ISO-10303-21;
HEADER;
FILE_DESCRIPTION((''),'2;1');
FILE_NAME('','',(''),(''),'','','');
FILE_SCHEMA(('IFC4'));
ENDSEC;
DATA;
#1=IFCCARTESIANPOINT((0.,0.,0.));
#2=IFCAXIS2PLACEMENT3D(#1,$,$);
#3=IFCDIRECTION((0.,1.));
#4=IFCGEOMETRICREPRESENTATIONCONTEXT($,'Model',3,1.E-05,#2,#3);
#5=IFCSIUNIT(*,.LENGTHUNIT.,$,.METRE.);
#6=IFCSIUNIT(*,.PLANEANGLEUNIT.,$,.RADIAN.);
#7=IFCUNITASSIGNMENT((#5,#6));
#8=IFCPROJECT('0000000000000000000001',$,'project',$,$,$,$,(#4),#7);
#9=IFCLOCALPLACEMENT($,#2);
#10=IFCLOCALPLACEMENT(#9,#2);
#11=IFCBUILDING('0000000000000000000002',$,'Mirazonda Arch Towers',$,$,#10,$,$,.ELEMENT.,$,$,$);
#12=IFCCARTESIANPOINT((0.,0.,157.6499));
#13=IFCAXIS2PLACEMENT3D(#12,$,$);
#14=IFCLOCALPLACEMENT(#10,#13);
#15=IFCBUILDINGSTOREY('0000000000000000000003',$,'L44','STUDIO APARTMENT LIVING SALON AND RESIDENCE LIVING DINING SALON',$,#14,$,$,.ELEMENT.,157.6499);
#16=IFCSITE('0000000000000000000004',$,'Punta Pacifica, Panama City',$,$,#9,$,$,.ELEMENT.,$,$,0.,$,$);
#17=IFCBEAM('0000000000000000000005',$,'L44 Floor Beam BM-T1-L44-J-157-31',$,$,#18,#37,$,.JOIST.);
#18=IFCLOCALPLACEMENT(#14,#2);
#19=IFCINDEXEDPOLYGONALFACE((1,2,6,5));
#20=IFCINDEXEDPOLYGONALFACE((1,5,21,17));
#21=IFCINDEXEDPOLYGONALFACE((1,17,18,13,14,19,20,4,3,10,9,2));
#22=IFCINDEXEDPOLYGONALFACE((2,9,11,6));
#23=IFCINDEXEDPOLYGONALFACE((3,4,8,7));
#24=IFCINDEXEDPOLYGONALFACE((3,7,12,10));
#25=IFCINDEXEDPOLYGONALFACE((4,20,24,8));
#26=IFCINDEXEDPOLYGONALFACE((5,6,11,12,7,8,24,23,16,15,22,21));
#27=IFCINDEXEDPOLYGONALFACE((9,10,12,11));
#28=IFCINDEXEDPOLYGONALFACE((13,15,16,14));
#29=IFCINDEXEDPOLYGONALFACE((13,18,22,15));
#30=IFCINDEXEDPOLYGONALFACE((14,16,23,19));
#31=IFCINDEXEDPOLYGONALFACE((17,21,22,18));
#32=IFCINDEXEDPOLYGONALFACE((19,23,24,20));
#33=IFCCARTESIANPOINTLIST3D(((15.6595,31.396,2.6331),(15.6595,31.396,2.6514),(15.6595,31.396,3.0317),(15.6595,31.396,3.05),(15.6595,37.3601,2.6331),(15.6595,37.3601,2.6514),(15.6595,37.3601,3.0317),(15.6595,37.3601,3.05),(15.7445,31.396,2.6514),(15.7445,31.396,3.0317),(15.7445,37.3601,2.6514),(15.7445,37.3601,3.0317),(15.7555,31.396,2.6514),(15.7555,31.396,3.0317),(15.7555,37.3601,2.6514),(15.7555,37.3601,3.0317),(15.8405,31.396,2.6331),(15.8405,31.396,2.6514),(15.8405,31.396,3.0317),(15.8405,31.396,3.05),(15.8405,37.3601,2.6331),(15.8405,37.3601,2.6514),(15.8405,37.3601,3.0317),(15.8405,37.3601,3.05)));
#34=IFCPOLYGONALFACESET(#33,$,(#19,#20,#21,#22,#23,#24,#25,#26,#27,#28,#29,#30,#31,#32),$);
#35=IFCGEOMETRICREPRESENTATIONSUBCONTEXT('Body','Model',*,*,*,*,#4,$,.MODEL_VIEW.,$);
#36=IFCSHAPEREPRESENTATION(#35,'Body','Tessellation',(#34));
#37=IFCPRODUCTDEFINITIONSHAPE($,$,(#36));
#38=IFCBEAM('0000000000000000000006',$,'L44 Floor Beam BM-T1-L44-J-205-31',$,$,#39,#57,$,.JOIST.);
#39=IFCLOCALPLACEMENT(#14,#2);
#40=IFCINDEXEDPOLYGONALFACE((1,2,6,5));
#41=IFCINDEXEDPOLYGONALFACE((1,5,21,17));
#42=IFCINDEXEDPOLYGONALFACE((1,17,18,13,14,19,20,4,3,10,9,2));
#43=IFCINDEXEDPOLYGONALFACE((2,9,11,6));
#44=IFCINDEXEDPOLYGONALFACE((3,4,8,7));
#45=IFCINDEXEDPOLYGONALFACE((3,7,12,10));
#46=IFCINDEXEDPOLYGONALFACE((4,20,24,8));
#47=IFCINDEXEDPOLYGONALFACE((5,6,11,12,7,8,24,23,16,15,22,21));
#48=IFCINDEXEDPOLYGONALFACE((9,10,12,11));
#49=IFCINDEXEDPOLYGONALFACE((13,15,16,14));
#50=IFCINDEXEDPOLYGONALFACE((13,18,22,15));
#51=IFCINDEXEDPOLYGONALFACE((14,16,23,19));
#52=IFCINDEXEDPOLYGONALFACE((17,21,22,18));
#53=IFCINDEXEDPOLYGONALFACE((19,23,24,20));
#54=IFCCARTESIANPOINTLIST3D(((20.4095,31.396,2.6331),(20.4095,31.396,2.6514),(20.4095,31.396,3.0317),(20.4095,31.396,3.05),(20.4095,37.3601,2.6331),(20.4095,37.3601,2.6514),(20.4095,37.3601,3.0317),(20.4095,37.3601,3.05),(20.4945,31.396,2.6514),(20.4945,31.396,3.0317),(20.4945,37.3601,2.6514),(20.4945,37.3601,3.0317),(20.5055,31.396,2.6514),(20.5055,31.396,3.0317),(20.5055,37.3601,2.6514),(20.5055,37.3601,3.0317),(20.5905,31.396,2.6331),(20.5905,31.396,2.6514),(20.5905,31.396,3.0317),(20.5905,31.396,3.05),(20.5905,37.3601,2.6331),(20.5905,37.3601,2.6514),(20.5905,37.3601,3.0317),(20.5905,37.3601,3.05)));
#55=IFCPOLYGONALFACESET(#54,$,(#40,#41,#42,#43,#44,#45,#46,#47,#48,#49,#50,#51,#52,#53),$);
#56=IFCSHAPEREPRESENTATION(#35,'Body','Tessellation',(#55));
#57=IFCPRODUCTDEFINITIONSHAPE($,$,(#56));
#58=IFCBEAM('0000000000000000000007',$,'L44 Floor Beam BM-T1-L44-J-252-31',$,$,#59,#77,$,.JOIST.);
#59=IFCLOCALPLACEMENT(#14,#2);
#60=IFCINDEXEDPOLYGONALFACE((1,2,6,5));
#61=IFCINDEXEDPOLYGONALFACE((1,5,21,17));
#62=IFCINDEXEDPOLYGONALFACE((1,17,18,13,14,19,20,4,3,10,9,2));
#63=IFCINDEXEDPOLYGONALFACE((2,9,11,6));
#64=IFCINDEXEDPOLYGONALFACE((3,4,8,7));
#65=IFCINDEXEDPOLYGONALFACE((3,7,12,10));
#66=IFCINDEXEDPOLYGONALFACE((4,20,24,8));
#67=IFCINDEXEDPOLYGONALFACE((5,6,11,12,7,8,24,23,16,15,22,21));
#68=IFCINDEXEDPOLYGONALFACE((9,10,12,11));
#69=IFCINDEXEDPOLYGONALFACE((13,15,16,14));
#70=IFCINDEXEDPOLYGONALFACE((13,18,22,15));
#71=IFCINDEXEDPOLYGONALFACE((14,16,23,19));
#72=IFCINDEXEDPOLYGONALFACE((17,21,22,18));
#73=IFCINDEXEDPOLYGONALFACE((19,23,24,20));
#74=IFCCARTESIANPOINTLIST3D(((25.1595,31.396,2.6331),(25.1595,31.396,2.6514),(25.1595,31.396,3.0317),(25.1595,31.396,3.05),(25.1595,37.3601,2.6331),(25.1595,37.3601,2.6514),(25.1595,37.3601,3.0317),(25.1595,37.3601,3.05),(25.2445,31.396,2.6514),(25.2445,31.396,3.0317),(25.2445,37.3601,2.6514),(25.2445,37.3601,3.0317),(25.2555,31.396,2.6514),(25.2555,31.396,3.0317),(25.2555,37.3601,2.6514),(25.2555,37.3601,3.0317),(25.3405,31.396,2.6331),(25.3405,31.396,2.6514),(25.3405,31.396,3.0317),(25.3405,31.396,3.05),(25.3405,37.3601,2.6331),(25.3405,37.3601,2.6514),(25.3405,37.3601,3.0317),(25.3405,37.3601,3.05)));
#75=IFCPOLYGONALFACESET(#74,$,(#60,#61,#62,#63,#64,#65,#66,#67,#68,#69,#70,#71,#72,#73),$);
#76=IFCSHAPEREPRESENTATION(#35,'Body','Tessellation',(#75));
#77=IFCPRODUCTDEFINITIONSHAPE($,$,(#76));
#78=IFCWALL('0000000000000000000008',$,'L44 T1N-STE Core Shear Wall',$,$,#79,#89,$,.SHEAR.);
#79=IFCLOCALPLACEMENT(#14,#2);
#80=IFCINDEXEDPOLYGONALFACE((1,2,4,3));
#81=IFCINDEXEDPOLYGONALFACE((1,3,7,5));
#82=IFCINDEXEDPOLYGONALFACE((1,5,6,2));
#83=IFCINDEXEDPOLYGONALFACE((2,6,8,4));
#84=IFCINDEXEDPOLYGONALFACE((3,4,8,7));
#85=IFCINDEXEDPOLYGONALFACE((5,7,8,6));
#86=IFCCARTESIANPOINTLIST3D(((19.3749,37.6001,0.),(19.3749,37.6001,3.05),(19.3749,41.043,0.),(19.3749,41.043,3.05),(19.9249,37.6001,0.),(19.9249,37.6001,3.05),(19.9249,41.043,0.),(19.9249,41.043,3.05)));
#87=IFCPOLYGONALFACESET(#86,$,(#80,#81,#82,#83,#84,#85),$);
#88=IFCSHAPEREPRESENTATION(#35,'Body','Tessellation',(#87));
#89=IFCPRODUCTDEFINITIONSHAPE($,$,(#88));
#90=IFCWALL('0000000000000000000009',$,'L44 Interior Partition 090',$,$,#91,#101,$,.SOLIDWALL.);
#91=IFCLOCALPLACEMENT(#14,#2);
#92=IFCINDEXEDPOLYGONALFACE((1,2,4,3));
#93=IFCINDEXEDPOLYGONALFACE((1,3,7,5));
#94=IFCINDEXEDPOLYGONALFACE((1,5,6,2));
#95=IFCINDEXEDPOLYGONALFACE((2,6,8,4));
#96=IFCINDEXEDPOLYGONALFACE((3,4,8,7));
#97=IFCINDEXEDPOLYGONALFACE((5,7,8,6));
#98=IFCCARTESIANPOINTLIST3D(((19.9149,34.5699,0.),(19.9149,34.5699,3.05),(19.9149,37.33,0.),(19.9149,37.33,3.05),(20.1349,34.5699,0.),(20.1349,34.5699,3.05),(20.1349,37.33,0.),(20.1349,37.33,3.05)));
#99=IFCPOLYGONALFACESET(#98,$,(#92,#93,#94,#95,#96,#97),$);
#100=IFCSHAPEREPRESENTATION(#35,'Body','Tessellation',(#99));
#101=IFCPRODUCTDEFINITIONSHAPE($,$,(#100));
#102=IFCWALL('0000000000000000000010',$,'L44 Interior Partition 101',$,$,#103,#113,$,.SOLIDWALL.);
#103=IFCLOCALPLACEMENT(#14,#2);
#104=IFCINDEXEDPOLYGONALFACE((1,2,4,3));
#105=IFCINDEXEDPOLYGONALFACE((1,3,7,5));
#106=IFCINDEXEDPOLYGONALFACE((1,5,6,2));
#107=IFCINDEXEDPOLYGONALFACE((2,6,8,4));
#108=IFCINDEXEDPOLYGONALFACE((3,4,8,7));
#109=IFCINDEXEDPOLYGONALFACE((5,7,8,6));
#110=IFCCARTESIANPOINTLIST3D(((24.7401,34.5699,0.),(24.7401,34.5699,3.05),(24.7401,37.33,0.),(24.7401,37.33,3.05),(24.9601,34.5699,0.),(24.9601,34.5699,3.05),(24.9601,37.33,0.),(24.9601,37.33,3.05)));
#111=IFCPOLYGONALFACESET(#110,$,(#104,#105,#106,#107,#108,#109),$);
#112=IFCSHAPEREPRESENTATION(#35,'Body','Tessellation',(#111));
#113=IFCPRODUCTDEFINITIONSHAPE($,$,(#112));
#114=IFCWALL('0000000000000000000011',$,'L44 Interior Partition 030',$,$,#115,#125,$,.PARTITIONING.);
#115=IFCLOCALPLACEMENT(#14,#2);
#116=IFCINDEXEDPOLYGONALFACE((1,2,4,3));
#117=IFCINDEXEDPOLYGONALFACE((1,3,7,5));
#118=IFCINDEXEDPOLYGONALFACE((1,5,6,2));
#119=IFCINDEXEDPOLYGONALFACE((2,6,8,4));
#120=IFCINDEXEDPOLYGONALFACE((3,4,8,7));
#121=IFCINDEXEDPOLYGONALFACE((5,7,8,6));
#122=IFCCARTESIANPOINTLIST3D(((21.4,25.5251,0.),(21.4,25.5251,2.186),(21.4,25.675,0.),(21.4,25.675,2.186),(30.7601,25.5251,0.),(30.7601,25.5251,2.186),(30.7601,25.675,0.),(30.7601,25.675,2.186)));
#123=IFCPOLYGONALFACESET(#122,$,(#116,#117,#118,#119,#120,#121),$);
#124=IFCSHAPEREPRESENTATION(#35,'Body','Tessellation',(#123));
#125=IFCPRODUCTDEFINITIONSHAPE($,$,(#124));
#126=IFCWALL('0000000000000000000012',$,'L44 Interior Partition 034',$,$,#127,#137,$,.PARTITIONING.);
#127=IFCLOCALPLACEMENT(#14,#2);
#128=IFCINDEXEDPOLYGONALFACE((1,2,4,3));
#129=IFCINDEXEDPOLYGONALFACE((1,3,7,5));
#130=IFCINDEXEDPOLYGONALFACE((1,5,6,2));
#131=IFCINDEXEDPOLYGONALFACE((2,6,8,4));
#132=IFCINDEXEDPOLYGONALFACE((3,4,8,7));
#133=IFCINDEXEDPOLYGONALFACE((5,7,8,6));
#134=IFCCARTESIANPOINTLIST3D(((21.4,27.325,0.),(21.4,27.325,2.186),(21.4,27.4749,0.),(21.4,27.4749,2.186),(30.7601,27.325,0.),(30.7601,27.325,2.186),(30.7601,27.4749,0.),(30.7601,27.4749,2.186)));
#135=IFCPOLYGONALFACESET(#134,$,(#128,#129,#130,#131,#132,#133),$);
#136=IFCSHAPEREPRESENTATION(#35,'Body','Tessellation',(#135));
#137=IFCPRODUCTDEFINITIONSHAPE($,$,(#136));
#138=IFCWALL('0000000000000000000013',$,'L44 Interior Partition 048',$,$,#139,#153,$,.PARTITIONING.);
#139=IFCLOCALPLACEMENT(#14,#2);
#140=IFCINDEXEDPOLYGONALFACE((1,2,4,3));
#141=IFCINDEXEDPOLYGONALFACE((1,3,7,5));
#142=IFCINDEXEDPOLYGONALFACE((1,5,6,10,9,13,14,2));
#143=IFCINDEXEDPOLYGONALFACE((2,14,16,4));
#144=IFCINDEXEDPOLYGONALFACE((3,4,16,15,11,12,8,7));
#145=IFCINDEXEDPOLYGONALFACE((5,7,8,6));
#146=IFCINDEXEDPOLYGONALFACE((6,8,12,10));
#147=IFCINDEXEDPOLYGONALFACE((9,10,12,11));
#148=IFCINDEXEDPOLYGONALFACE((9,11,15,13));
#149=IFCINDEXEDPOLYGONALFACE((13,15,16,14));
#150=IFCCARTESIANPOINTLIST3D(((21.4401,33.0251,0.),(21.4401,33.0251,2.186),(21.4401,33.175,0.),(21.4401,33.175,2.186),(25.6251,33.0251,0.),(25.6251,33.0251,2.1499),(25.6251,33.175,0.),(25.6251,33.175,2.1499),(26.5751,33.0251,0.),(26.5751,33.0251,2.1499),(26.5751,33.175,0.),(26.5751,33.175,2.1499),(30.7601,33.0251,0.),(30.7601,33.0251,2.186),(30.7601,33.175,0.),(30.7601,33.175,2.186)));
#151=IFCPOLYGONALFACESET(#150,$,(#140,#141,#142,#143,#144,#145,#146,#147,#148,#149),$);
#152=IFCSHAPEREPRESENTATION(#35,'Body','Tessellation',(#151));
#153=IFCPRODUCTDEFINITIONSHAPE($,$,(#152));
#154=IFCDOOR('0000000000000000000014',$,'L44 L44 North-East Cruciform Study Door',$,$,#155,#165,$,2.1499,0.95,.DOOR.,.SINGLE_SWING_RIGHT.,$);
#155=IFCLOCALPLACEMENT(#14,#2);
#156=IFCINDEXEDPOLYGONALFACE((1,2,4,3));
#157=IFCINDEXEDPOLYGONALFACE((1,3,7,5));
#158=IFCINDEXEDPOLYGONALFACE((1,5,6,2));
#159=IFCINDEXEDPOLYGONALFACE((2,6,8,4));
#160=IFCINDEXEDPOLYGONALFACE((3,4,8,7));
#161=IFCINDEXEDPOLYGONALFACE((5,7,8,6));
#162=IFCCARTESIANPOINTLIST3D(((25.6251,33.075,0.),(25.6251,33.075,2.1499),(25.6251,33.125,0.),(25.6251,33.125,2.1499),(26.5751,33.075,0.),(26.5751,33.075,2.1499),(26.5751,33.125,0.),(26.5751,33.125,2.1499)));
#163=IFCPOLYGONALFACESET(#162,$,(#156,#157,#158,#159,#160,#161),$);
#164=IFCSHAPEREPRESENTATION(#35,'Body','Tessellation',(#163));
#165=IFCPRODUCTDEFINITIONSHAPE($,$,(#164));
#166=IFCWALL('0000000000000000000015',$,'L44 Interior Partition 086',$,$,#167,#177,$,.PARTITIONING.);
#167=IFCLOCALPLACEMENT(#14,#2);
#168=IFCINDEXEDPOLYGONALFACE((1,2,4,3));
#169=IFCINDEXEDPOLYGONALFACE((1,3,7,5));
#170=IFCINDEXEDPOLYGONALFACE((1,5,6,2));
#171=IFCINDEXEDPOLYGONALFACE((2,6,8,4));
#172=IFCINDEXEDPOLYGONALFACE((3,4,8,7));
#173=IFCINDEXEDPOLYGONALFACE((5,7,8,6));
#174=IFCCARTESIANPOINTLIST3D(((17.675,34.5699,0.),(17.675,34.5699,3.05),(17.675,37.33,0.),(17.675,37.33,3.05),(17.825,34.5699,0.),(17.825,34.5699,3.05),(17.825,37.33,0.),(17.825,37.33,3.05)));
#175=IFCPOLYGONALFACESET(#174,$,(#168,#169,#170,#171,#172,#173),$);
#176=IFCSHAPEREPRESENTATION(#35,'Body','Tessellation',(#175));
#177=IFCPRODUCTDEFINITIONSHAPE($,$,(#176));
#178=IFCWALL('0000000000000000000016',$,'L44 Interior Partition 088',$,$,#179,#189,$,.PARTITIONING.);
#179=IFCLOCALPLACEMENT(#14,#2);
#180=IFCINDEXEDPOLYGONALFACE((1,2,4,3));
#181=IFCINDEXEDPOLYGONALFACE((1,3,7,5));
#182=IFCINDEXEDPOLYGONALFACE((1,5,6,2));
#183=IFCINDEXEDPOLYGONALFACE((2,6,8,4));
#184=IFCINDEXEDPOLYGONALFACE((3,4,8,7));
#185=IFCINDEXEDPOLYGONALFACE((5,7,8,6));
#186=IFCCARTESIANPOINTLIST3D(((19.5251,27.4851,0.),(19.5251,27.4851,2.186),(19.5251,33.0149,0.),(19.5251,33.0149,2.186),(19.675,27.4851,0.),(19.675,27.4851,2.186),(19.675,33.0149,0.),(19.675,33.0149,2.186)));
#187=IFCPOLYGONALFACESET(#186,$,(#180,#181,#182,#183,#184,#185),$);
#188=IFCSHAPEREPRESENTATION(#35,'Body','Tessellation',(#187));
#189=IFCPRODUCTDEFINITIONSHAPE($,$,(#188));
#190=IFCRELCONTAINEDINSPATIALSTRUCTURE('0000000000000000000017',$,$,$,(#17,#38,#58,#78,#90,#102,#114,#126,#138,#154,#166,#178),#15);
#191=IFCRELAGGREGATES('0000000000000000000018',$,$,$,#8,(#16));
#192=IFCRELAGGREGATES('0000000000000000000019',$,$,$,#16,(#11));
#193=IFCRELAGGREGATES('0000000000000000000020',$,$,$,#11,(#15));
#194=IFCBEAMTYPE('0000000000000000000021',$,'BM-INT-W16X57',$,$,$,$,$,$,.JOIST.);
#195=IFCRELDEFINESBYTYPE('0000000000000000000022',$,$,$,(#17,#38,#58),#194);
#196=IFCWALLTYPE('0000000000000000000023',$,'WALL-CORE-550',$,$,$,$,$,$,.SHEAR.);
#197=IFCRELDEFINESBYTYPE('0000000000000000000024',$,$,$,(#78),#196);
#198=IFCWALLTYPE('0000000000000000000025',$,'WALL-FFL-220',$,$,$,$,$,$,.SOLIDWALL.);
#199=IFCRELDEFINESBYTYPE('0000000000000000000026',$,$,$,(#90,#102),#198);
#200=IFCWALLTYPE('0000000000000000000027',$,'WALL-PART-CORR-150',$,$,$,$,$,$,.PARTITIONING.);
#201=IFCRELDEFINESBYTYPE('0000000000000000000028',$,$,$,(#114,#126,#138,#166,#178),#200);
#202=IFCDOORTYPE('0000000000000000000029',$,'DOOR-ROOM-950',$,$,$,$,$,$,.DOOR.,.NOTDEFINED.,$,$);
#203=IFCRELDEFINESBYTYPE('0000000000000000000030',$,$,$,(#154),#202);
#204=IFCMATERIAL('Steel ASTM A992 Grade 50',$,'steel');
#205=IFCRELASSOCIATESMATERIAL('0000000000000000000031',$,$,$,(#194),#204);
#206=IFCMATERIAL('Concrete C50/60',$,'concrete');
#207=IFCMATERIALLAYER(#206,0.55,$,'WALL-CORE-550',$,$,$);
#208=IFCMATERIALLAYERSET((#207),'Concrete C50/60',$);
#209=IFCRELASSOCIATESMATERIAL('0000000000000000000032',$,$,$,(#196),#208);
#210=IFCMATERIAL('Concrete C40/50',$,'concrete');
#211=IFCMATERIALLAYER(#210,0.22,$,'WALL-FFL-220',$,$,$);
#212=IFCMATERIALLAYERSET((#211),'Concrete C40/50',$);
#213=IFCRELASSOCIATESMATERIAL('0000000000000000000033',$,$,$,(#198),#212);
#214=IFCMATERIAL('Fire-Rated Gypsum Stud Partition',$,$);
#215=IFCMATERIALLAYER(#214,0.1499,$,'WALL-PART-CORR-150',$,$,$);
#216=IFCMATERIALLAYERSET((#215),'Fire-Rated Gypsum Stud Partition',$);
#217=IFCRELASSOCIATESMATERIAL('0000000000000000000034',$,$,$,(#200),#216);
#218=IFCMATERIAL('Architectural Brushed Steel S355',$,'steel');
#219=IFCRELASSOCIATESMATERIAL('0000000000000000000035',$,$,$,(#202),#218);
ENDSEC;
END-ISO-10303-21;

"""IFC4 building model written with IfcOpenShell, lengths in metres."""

from ifc_helpers import new_model, si_unit, direction, frame, frame_2d, origin, origin_2d, place, context, subcontext, project, spatial, rectangle, i_section, extrude, material, layer, layer_set, material_profile, profile_set, type_object, element, fill, save


model = new_model("IFC4")

# Units and contexts
model_context = context("Model", 3, precision=1e-05, world=origin(), true_north=direction((0.0, 1.0)))
body_context = subcontext(model_context, "Body", "Model", "MODEL_VIEW")
ifc_project = project(units=[si_unit("LENGTHUNIT", "METRE"), si_unit("PLANEANGLEUNIT", "RADIAN")], contexts=[model_context])

# Site, building, storey
site_placement = place(None, origin())
site = spatial("IfcSite", under=ifc_project, at=site_placement, Name="Punta Pacifica, Panama City", CompositionType="ELEMENT", RefElevation=0.0)
building_placement = place(site_placement, origin())
building = spatial("IfcBuilding", under=site, at=building_placement, Name="Mirazonda Arch Towers", CompositionType="ELEMENT")
storey_placement = place(building_placement, frame((0.0, 0.0, 157.6499)))
storey = spatial("IfcBuildingStorey", under=building, at=storey_placement, Name="L44", Description="STUDIO APARTMENT LIVING SALON AND RESIDENCE LIVING DINING SALON", CompositionType="ELEMENT", Elevation=157.6499)

# Beams
ifc_material_1 = material(Name="Steel ASTM A992 Grade 50", Category="steel")
ifc_material_profile = material_profile(ifc_material_1, i_section(OverallWidth=0.1809, OverallDepth=0.417, WebThickness=0.011, FlangeThickness=0.0183, at=origin_2d()), Name="W16X57")
ifc_profile_set = profile_set([ifc_material_profile], Name="Steel ASTM A992 Grade 50")
beam_type = type_object("IfcBeamType", Name="BM-INT-W16X57", PredefinedType="JOIST", material=ifc_profile_set)
for number, where, z_axis, x_axis, name in (
    (1, (15.75, 31.396, 2.8416), (0.0, 1.0, 0.0), (-1.0, 0.0, 0.0), "L44 Floor Beam BM-T1-L44-J-157-31"),
    (2, (20.5, 31.396, 2.8416), (0.0, 1.0, 0.0), (-1.0, 0.0, 0.0), "L44 Floor Beam BM-T1-L44-J-205-31"),
    (3, (25.25, 31.396, 2.8416), (0.0, 1.0, 0.0), (-1.0, 0.0, 0.0), "L44 Floor Beam BM-T1-L44-J-252-31"),
):
    element("IfcBeam", number, at=place(storey_placement, frame(where, z_axis=z_axis, x_axis=x_axis)), inside=storey, type_object=beam_type, Name=name, PredefinedType="JOIST", context=body_context, shape_type="SweptSolid", body=[
        extrude(i_section(OverallWidth=0.1809, OverallDepth=0.417, WebThickness=0.011, FlangeThickness=0.0183, at=origin_2d()), origin(), (0.0, 0.0, 1.0), 5.9641),
    ])

# Walls
ifc_material_2 = material(Name="Concrete C50/60", Category="concrete")
ifc_layer_1 = layer(ifc_material_2, 0.55, Name="WALL-CORE-550")
ifc_layer_set_1 = layer_set([ifc_layer_1], Name="Concrete C50/60")
wall_type_1 = type_object("IfcWallType", Name="WALL-CORE-550", PredefinedType="SHEAR", material=ifc_layer_set_1)
wall_1_placement = place(storey_placement, frame((19.6499, 37.6001, 0.0), z_axis=(0.0, 0.0, 1.0), x_axis=(0.0, 1.0, 0.0)))
element("IfcWall", 4, at=wall_1_placement, inside=storey, type_object=wall_type_1, Name="L44 T1N-STE Core Shear Wall", PredefinedType="SHEAR", context=body_context, shape_type="SweptSolid", body=[
    extrude(rectangle(XDim=3.4429, YDim=0.55, at=frame_2d((1.7214, 0.0))), origin(), (0.0, 0.0, 1.0), 3.05),
])
ifc_material_3 = material(Name="Concrete C40/50", Category="concrete")
ifc_layer_2 = layer(ifc_material_3, 0.22, Name="WALL-FFL-220")
ifc_layer_set_2 = layer_set([ifc_layer_2], Name="Concrete C40/50")
wall_type_2 = type_object("IfcWallType", Name="WALL-FFL-220", PredefinedType="SOLIDWALL", material=ifc_layer_set_2)
for number, where, z_axis, x_axis, name in (
    (5, (20.0249, 34.5701, 0.0), (0.0, 0.0, 1.0), (0.0, 1.0, 0.0), "L44 Interior Partition 090"),
    (6, (24.8501, 34.5701, 0.0), (0.0, 0.0, 1.0), (0.0, 1.0, 0.0), "L44 Interior Partition 101"),
):
    element("IfcWall", number, at=place(storey_placement, frame(where, z_axis=z_axis, x_axis=x_axis)), inside=storey, type_object=wall_type_2, Name=name, PredefinedType="SOLIDWALL", context=body_context, shape_type="SweptSolid", body=[
        extrude(rectangle(XDim=2.76, YDim=0.22, at=frame_2d((1.3799, 0.0))), origin(), (0.0, 0.0, 1.0), 3.05),
    ])
ifc_material_4 = material(Name="Fire-Rated Gypsum Stud Partition")
ifc_layer_3 = layer(ifc_material_4, 0.1499, Name="WALL-PART-CORR-150")
ifc_layer_set_3 = layer_set([ifc_layer_3], Name="Fire-Rated Gypsum Stud Partition")
wall_type_3 = type_object("IfcWallType", Name="WALL-PART-CORR-150", PredefinedType="PARTITIONING", material=ifc_layer_set_3)
for number, where, z_axis, x_axis, name in (
    (7, (21.3999, 25.6001, 0.0), (0.0, 0.0, 1.0), (1.0, 0.0, 0.0), "L44 Interior Partition 030"),
    (8, (21.3999, 27.3999, 0.0), (0.0, 0.0, 1.0), (1.0, 0.0, 0.0), "L44 Interior Partition 034"),
):
    element("IfcWall", number, at=place(storey_placement, frame(where, z_axis=z_axis, x_axis=x_axis)), inside=storey, type_object=wall_type_3, Name=name, PredefinedType="PARTITIONING", context=body_context, shape_type="SweptSolid", body=[
        extrude(rectangle(XDim=9.3601, YDim=0.1499, at=frame_2d((4.6802, 0.0))), origin(), (0.0, 0.0, 1.0), 2.186),
    ])

# Wall, opening, door
wall_2_placement = place(storey_placement, frame((21.4399, 33.1001, 0.0), z_axis=(0.0, 0.0, 1.0), x_axis=(1.0, 0.0, 0.0)))
wall_2 = element("IfcWall", 9, at=wall_2_placement, inside=storey, type_object=wall_type_3, Name="L44 Interior Partition 048", PredefinedType="PARTITIONING", context=body_context, shape_type="SweptSolid", body=[
    extrude(rectangle(XDim=9.3201, YDim=0.1499, at=frame_2d((4.6602, 0.0))), origin(), (0.0, 0.0, 1.0), 2.186),
])
opening_placement = place(wall_2_placement, frame((4.1851, 0.0, 0.0)))
opening = element("IfcOpeningElement", 10, at=opening_placement, cuts=wall_2, PredefinedType="OPENING", context=body_context, shape_type="SweptSolid", body=[
    extrude(rectangle(XDim=0.95, YDim=2.1499, at=frame_2d((0.4751, 1.075))), frame((0.0, 0.085, 0.0), z_axis=(0.0, -1.0, 0.0), x_axis=(1.0, 0.0, 0.0)), (0.0, 0.0, 1.0), 0.1699),
])
ifc_material_5 = material(Name="Architectural Brushed Steel S355", Category="steel")
door_type = type_object("IfcDoorType", Name="DOOR-ROOM-950", OperationType="NOTDEFINED", PredefinedType="DOOR", material=ifc_material_5)
door_placement = place(opening_placement, origin())
door = element("IfcDoor", 11, at=door_placement, inside=storey, type_object=door_type, Name="L44 L44 North-East Cruciform Study Door", OperationType="SINGLE_SWING_RIGHT", OverallHeight=2.1499, OverallWidth=0.95, PredefinedType="DOOR", context=body_context, shape_type="SweptSolid", body=[
    extrude(rectangle(XDim=0.95, YDim=2.1499, at=frame_2d((0.4751, 1.075))), frame((0.0, 0.0249, 0.0), z_axis=(0.0, -1.0, 0.0), x_axis=(1.0, 0.0, 0.0)), (0.0, 0.0, 1.0), 0.05),
])
fill(opening, door)

# Walls
wall_3_placement = place(storey_placement, frame((17.75, 34.5701, 0.0), z_axis=(0.0, 0.0, 1.0), x_axis=(0.0, 1.0, 0.0)))
element("IfcWall", 12, at=wall_3_placement, inside=storey, type_object=wall_type_3, Name="L44 Interior Partition 086", PredefinedType="PARTITIONING", context=body_context, shape_type="SweptSolid", body=[
    extrude(rectangle(XDim=2.76, YDim=0.1499, at=frame_2d((1.3799, 0.0))), origin(), (0.0, 0.0, 1.0), 3.05),
])
for number, where, z_axis, x_axis, name in (
    (13, (19.6001, 27.4851, 0.0), (0.0, 0.0, 1.0), (0.0, 1.0, 0.0), "L44 Interior Partition 088"),
):
    element("IfcWall", number, at=place(storey_placement, frame(where, z_axis=z_axis, x_axis=x_axis)), inside=storey, type_object=wall_type_3, Name=name, PredefinedType="PARTITIONING", context=body_context, shape_type="SweptSolid", body=[
        extrude(rectangle(XDim=5.5298, YDim=0.1499, at=frame_2d((2.7649, 0.0))), origin(), (0.0, 0.0, 1.0), 2.186),
    ])

save(model, "model.ifc")
